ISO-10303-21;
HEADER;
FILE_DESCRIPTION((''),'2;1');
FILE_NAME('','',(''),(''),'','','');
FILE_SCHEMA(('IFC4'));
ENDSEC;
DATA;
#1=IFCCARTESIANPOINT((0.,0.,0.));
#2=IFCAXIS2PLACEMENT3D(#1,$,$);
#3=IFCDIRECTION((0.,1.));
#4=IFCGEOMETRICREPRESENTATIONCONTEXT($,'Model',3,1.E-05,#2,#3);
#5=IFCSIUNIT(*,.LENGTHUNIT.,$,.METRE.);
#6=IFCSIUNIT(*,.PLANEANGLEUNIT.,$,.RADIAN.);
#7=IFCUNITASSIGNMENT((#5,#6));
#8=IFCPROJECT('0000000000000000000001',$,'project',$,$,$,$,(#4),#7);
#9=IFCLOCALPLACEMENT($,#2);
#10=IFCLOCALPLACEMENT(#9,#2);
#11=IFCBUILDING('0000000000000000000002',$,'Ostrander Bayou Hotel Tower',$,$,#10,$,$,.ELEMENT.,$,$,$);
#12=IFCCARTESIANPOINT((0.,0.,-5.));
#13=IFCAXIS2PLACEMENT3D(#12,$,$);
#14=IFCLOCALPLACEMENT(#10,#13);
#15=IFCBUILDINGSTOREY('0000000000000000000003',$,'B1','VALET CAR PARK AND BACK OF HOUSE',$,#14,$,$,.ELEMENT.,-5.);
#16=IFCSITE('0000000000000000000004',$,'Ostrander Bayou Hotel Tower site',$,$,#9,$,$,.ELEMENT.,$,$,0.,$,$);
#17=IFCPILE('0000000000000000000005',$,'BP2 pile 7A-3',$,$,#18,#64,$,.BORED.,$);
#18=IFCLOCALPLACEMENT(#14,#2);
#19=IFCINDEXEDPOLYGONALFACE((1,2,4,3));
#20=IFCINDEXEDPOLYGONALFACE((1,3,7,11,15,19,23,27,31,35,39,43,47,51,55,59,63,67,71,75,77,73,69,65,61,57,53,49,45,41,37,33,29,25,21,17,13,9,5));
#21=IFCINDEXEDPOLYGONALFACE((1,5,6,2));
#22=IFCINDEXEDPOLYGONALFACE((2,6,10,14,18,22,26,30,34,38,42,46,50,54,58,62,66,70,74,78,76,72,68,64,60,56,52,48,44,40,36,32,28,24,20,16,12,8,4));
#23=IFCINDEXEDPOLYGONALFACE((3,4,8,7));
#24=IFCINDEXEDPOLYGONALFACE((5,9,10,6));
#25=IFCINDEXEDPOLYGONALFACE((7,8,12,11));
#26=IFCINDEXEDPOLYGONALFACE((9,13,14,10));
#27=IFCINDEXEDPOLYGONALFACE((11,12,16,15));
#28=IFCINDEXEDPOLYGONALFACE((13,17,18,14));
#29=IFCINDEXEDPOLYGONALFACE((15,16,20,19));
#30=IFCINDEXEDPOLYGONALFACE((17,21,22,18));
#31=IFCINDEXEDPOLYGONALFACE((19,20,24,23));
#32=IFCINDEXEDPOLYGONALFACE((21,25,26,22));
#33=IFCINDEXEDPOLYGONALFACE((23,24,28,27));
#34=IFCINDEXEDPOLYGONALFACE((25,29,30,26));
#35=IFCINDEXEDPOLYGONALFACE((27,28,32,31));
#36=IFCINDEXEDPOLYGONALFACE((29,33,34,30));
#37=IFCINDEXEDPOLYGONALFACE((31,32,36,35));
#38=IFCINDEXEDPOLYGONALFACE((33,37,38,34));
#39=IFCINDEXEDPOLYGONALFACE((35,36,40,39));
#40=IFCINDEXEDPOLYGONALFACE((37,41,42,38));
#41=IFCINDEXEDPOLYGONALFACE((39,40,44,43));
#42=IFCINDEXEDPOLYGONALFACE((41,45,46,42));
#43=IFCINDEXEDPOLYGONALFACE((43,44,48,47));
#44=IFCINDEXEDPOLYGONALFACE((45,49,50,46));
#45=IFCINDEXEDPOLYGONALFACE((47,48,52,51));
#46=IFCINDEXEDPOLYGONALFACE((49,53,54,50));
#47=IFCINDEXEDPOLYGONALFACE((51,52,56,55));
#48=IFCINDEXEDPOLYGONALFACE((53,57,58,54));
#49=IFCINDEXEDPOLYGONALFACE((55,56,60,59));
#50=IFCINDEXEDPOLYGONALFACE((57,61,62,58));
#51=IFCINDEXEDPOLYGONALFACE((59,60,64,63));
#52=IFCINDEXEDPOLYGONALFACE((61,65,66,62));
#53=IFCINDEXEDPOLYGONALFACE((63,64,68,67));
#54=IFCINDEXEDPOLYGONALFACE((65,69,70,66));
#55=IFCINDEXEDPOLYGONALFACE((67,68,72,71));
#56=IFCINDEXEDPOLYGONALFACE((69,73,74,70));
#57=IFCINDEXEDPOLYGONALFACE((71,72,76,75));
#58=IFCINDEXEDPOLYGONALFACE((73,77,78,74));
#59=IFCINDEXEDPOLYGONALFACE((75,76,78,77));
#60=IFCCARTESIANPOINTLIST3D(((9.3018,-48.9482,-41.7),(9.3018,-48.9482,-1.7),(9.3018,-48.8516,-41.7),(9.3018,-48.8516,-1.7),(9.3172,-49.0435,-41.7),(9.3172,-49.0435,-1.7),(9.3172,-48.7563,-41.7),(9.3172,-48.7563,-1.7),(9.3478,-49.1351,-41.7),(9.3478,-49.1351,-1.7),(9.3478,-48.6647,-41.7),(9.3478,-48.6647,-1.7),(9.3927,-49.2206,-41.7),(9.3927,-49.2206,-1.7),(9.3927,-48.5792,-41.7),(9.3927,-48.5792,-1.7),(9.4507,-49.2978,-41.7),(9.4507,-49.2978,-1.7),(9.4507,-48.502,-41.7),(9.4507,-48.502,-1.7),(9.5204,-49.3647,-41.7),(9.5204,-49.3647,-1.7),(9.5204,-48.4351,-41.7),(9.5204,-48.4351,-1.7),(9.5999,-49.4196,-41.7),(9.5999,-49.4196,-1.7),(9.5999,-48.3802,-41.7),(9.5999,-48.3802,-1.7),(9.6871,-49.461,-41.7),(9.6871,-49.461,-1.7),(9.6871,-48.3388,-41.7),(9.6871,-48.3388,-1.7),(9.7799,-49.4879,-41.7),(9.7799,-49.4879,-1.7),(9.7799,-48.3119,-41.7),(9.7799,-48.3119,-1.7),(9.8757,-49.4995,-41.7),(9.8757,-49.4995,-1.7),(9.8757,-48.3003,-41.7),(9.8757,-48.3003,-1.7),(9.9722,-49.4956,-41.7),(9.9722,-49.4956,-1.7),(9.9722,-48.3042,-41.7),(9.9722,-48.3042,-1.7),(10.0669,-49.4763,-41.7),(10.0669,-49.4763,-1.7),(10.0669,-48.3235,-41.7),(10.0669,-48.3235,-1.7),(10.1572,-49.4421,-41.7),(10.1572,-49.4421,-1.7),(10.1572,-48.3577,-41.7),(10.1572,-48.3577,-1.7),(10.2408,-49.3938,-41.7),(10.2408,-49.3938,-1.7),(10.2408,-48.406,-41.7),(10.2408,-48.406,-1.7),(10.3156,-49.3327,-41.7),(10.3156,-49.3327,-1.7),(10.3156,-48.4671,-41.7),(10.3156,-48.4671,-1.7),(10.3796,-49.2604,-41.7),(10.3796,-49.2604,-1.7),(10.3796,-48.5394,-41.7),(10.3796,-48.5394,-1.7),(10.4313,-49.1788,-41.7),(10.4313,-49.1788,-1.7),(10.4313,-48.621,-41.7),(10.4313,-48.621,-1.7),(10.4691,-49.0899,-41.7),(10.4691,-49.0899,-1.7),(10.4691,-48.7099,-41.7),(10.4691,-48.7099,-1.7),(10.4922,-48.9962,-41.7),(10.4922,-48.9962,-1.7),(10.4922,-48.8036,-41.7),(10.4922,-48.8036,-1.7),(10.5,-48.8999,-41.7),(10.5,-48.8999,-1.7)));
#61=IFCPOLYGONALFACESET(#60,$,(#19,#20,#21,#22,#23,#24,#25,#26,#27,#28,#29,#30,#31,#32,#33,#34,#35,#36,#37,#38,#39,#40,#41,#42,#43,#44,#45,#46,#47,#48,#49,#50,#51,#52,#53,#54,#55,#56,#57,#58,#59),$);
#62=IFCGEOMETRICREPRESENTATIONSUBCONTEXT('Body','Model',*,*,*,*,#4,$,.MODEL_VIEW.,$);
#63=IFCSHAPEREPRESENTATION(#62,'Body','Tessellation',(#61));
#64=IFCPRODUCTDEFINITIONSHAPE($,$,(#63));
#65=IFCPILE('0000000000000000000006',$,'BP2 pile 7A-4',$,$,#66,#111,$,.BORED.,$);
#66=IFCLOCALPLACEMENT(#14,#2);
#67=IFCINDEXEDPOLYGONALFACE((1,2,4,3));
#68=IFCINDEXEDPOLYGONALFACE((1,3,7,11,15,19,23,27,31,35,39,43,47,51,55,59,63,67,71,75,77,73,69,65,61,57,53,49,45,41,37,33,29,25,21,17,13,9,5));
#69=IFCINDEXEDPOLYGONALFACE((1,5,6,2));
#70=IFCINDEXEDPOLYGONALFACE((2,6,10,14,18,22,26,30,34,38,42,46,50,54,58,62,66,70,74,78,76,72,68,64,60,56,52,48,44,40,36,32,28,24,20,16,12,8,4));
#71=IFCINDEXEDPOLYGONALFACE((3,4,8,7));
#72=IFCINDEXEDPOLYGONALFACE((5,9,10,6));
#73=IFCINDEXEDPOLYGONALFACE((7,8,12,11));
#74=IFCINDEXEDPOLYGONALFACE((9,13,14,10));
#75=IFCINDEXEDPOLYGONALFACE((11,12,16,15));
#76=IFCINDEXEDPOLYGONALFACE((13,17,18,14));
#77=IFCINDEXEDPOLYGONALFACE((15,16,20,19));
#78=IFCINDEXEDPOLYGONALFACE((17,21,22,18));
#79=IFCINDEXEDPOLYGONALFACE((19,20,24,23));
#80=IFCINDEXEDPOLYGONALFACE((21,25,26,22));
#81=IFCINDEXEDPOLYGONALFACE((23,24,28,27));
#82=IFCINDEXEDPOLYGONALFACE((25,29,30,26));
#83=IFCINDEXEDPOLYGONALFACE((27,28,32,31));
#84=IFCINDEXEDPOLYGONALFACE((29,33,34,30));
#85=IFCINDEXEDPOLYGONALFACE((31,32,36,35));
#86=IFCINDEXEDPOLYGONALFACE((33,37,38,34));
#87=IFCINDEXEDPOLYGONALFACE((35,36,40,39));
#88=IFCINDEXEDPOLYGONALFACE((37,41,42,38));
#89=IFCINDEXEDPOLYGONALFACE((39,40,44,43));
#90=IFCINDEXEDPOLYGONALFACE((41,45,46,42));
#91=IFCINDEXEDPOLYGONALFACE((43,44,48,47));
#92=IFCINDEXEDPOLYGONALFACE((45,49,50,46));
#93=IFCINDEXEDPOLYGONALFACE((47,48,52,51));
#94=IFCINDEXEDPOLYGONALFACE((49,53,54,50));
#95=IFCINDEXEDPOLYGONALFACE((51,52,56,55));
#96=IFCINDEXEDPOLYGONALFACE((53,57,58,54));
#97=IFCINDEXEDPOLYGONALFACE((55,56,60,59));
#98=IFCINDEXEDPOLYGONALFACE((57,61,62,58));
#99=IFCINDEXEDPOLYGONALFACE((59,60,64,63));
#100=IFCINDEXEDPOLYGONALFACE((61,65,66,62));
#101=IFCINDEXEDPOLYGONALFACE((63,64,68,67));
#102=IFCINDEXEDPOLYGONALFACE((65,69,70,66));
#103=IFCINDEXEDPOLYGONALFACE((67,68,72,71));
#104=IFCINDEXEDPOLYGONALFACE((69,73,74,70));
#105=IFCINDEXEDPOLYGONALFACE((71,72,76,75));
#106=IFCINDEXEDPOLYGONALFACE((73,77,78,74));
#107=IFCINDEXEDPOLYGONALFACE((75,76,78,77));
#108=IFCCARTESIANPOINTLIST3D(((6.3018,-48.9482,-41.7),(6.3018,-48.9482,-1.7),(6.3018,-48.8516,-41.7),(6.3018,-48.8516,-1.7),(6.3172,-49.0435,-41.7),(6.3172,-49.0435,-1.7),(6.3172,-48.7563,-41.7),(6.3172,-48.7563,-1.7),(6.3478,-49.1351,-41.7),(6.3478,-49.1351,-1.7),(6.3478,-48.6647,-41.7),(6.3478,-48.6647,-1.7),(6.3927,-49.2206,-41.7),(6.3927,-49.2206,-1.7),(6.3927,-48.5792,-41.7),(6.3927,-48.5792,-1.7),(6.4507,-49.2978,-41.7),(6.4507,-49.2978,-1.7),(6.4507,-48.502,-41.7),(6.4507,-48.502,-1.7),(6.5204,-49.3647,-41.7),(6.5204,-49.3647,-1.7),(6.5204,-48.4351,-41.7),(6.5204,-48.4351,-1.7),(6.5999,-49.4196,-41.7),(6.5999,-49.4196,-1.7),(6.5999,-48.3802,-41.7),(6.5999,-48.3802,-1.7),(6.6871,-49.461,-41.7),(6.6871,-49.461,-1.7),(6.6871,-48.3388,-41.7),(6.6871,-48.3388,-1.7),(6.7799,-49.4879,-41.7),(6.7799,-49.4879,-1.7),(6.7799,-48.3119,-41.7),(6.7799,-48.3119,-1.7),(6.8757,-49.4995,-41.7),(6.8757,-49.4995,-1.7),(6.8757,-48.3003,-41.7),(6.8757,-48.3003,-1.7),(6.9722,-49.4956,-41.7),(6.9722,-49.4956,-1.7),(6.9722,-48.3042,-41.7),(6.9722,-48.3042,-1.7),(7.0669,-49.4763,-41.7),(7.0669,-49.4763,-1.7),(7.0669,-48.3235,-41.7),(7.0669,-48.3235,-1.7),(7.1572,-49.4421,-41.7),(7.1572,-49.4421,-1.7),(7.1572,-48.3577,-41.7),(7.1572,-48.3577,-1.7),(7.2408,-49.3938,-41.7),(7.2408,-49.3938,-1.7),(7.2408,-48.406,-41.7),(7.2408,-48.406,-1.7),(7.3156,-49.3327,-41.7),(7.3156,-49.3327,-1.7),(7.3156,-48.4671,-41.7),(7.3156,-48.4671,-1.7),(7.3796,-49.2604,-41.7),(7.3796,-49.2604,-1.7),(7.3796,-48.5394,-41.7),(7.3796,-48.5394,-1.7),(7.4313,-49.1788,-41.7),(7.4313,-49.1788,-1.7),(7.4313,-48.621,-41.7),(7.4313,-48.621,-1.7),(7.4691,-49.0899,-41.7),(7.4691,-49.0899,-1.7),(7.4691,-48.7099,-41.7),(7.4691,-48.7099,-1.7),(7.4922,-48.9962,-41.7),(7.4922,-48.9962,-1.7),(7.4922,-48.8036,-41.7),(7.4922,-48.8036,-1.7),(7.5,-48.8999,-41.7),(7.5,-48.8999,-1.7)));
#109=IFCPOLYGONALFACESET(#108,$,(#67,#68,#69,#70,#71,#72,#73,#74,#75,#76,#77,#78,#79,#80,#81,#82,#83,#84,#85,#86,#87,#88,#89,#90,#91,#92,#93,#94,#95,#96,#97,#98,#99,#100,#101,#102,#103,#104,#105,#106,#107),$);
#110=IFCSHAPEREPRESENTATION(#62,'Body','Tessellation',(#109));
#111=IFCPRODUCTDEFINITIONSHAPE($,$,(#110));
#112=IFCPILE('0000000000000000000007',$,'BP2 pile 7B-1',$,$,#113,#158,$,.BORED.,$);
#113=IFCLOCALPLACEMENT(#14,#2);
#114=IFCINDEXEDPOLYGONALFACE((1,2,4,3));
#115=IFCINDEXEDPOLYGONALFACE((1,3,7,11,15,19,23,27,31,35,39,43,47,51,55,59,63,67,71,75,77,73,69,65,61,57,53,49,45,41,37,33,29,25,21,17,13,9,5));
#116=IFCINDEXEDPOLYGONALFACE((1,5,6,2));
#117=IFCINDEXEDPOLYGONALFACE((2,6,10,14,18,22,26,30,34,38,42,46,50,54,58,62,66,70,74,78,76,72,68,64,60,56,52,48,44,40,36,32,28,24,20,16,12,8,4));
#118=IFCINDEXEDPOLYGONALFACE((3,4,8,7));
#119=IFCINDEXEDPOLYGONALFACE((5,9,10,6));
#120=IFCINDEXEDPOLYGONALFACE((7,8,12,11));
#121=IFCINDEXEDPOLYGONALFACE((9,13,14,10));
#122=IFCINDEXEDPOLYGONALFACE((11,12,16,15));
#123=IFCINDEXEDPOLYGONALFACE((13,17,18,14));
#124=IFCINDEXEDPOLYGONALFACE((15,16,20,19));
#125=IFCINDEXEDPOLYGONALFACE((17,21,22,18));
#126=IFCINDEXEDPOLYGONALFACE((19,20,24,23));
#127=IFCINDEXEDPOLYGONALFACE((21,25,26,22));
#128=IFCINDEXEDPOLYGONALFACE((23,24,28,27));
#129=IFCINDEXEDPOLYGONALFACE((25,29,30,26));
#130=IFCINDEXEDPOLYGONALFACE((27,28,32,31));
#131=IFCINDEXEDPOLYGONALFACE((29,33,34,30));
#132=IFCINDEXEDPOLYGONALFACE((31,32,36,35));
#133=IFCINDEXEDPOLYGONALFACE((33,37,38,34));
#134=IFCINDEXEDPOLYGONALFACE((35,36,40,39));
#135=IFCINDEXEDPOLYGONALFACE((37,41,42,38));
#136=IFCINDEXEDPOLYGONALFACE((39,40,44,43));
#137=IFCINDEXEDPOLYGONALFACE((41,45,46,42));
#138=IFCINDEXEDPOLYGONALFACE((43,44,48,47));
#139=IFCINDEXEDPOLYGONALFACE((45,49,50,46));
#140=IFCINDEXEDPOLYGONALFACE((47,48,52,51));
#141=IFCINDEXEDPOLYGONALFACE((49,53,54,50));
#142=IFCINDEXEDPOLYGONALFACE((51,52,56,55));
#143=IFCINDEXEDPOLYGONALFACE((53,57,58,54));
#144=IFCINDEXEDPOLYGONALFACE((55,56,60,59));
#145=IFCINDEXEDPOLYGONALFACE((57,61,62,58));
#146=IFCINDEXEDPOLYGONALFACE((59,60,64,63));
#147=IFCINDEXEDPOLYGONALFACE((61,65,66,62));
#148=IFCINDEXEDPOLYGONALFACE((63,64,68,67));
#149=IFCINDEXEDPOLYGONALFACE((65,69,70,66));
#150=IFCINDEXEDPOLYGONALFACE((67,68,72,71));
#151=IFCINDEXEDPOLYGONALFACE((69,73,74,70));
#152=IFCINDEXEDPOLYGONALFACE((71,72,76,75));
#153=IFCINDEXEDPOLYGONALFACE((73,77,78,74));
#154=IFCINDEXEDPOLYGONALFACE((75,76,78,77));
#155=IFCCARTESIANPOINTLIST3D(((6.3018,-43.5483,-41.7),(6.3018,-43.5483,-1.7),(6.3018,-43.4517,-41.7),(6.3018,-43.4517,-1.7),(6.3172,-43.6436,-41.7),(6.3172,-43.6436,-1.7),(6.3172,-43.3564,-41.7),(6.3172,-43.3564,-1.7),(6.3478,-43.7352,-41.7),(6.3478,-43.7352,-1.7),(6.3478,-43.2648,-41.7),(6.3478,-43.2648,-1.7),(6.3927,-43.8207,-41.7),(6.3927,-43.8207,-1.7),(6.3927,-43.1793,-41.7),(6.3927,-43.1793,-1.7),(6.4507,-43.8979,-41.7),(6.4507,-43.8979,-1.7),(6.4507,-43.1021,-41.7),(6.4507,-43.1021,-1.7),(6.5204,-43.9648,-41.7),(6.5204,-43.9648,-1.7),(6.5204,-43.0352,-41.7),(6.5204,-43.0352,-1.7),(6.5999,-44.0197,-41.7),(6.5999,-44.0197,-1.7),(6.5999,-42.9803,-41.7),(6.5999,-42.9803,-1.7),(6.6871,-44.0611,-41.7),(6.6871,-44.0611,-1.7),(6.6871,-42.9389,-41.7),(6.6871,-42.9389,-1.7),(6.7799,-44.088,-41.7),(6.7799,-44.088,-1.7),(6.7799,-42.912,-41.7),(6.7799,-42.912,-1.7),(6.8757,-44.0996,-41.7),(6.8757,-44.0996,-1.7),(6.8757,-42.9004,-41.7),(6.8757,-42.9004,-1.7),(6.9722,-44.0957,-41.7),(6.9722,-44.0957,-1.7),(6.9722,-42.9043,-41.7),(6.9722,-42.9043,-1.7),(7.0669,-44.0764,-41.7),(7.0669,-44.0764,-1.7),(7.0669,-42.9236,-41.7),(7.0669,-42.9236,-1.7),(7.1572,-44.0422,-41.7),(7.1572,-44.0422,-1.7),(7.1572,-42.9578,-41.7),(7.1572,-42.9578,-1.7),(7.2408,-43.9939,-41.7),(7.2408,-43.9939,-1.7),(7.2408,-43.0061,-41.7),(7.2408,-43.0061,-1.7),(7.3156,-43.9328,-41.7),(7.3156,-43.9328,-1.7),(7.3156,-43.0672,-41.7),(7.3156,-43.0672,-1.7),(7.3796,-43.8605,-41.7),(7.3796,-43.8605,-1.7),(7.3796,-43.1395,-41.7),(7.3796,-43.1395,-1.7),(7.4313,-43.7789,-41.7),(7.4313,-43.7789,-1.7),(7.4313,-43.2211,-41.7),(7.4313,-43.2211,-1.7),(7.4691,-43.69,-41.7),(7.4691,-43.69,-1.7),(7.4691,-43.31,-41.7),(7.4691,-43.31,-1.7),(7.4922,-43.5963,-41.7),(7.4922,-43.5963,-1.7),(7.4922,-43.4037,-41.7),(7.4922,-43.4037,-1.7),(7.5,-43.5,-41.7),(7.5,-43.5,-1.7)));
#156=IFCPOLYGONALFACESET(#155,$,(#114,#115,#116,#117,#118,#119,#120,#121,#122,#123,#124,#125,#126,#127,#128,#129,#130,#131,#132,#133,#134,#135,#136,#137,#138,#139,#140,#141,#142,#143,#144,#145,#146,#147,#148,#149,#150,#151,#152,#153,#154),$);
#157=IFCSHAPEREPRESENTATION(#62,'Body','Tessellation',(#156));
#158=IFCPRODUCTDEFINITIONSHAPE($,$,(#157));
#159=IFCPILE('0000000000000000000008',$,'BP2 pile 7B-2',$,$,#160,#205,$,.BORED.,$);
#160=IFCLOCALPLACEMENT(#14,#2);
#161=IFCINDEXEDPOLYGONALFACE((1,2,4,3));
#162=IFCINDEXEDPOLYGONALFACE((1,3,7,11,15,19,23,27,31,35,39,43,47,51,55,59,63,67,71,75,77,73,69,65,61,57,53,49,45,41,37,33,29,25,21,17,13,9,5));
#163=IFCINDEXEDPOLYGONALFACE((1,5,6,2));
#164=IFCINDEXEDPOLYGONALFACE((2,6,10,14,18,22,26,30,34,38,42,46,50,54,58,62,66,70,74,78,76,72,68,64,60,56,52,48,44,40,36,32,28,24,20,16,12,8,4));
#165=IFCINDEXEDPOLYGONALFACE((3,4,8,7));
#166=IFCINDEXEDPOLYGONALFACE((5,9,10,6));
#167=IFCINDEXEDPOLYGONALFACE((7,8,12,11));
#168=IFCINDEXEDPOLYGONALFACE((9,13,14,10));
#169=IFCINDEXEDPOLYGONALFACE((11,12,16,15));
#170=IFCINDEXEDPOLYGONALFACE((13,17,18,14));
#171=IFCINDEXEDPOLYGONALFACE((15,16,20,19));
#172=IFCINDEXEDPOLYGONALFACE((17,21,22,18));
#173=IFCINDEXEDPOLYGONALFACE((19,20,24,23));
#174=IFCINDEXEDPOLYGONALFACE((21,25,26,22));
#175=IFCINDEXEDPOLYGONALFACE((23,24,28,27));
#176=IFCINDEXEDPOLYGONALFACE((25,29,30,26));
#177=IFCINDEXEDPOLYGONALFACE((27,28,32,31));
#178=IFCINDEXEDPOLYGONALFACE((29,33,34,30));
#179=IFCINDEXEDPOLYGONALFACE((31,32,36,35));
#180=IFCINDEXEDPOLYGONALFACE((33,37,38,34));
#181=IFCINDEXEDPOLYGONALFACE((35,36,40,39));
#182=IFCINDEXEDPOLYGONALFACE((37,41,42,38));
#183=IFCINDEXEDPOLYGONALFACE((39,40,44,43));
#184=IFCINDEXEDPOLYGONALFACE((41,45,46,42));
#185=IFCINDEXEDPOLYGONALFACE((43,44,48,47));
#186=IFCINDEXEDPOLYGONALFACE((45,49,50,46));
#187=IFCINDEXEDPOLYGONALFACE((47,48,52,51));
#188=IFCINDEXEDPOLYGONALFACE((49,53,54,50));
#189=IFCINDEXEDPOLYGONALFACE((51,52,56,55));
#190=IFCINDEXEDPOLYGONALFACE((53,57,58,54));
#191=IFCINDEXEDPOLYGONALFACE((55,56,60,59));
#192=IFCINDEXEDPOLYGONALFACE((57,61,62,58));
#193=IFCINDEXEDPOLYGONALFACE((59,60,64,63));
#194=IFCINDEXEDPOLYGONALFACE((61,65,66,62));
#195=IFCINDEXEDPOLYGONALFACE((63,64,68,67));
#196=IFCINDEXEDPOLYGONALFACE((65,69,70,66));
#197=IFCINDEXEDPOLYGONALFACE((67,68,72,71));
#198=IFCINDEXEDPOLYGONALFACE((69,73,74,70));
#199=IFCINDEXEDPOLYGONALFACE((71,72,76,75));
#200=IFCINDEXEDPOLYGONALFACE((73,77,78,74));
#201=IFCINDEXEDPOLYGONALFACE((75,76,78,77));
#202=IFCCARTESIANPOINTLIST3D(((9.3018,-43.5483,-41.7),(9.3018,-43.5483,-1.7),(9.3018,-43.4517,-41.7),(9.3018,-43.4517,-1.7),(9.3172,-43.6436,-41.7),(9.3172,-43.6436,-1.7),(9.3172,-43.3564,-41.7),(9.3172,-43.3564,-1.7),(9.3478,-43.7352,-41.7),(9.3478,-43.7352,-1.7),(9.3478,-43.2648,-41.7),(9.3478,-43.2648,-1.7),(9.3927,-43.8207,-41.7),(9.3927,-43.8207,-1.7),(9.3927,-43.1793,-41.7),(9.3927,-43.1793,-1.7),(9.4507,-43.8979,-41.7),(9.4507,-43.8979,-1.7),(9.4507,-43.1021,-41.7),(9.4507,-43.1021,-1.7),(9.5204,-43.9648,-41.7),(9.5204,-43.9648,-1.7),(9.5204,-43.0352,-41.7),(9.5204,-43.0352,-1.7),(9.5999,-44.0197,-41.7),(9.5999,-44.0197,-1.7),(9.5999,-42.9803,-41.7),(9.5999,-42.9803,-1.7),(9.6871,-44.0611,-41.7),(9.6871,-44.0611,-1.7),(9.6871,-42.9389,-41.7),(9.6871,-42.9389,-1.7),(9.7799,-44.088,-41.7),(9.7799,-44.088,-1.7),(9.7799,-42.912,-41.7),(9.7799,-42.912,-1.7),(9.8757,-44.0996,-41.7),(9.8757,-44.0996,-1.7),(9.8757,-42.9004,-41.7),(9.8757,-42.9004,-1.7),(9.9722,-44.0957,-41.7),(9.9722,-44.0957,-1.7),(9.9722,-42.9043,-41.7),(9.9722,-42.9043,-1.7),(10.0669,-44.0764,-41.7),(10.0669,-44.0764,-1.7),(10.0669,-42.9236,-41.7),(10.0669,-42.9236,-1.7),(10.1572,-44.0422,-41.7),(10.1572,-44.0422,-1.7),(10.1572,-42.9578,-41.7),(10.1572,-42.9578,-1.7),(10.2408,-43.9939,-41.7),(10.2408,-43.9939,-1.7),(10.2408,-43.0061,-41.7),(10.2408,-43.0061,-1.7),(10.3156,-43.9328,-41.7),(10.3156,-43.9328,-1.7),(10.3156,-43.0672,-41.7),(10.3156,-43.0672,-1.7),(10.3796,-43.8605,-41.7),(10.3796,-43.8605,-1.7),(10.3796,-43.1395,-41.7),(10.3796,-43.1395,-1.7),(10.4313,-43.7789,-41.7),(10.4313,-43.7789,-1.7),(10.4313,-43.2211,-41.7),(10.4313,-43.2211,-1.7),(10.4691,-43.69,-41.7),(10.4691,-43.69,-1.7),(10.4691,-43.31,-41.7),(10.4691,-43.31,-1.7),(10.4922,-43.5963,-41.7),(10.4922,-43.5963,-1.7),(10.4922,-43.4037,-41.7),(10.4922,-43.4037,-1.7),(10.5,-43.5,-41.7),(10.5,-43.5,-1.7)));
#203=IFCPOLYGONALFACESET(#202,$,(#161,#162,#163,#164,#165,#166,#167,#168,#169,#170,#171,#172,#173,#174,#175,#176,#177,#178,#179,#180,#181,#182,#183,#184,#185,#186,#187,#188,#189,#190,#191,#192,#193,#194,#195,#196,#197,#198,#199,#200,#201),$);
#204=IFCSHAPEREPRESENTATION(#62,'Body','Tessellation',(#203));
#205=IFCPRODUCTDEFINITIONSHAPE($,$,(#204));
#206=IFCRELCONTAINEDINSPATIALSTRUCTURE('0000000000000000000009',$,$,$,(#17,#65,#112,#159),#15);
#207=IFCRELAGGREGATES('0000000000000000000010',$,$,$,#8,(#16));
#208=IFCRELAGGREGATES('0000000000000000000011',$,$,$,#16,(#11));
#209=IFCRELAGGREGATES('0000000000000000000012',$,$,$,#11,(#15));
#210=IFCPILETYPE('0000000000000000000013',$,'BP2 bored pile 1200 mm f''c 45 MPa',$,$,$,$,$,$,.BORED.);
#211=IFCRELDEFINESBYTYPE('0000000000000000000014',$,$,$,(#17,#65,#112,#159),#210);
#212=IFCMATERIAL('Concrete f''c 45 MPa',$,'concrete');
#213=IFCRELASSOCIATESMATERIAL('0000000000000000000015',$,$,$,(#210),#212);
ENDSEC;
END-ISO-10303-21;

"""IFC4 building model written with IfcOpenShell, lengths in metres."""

from ifc_helpers import new_model, si_unit, direction, frame, origin, origin_2d, place, context, subcontext, project, spatial, circle, extrude, material, material_profile, profile_set, type_object, element, save


model = new_model("IFC4")

# Units and contexts
model_context = context("Model", 3, precision=1e-05, world=origin(), true_north=direction((0.0, 1.0)))
body_context = subcontext(model_context, "Body", "Model", "MODEL_VIEW")
ifc_project = project(units=[si_unit("LENGTHUNIT", "METRE"), si_unit("PLANEANGLEUNIT", "RADIAN")], contexts=[model_context])

# Site, building, storey
site_placement = place(None, origin())
site = spatial("IfcSite", under=ifc_project, at=site_placement, Name="Ostrander Bayou Hotel Tower site", CompositionType="ELEMENT", RefElevation=0.0)
building_placement = place(site_placement, origin())
building = spatial("IfcBuilding", under=site, at=building_placement, Name="Ostrander Bayou Hotel Tower", CompositionType="ELEMENT")
storey_placement = place(building_placement, frame((0.0, 0.0, -5.0)))
storey = spatial("IfcBuildingStorey", under=building, at=storey_placement, Name="B1", Description="VALET CAR PARK AND BACK OF HOUSE", CompositionType="ELEMENT", Elevation=-5.0)

# Piles
ifc_material_1 = material(Name="Concrete f'c 45 MPa", Category="concrete")
ifc_material_profile_1 = material_profile(ifc_material_1, circle(Radius=0.6001, at=origin_2d()))
ifc_profile_set_1 = profile_set([ifc_material_profile_1], Name="Concrete f'c 45 MPa")
pile_type_1 = type_object("IfcPileType", Name="BP2 bored pile 1200 mm f'c 45 MPa", PredefinedType="BORED", material=ifc_profile_set_1)
for number, where, z_axis, x_axis, name in (
    (1, (9.8999, -48.8999, -1.7), (0.0, 0.0, -1.0), (1.0, 0.0, 0.0), "BP2 pile 7A-3"),
    (2, (6.8999, -48.8999, -1.7), (0.0, 0.0, -1.0), (1.0, 0.0, 0.0), "BP2 pile 7A-4"),
    (3, (6.8999, -43.5, -1.7), (0.0, 0.0, -1.0), (1.0, 0.0, 0.0), "BP2 pile 7B-1"),
    (4, (9.8999, -43.5, -1.7), (0.0, 0.0, -1.0), (1.0, 0.0, 0.0), "BP2 pile 7B-2"),
):
    element("IfcPile", number, at=place(storey_placement, frame(where, z_axis=z_axis, x_axis=x_axis)), inside=storey, type_object=pile_type_1, Name=name, PredefinedType="BORED", context=body_context, shape_type="SweptSolid", body=[
        extrude(circle(Radius=0.6001, at=origin_2d()), origin(), (0.0, 0.0, 1.0), 40.0),
    ])

save(model, "model.ifc")
